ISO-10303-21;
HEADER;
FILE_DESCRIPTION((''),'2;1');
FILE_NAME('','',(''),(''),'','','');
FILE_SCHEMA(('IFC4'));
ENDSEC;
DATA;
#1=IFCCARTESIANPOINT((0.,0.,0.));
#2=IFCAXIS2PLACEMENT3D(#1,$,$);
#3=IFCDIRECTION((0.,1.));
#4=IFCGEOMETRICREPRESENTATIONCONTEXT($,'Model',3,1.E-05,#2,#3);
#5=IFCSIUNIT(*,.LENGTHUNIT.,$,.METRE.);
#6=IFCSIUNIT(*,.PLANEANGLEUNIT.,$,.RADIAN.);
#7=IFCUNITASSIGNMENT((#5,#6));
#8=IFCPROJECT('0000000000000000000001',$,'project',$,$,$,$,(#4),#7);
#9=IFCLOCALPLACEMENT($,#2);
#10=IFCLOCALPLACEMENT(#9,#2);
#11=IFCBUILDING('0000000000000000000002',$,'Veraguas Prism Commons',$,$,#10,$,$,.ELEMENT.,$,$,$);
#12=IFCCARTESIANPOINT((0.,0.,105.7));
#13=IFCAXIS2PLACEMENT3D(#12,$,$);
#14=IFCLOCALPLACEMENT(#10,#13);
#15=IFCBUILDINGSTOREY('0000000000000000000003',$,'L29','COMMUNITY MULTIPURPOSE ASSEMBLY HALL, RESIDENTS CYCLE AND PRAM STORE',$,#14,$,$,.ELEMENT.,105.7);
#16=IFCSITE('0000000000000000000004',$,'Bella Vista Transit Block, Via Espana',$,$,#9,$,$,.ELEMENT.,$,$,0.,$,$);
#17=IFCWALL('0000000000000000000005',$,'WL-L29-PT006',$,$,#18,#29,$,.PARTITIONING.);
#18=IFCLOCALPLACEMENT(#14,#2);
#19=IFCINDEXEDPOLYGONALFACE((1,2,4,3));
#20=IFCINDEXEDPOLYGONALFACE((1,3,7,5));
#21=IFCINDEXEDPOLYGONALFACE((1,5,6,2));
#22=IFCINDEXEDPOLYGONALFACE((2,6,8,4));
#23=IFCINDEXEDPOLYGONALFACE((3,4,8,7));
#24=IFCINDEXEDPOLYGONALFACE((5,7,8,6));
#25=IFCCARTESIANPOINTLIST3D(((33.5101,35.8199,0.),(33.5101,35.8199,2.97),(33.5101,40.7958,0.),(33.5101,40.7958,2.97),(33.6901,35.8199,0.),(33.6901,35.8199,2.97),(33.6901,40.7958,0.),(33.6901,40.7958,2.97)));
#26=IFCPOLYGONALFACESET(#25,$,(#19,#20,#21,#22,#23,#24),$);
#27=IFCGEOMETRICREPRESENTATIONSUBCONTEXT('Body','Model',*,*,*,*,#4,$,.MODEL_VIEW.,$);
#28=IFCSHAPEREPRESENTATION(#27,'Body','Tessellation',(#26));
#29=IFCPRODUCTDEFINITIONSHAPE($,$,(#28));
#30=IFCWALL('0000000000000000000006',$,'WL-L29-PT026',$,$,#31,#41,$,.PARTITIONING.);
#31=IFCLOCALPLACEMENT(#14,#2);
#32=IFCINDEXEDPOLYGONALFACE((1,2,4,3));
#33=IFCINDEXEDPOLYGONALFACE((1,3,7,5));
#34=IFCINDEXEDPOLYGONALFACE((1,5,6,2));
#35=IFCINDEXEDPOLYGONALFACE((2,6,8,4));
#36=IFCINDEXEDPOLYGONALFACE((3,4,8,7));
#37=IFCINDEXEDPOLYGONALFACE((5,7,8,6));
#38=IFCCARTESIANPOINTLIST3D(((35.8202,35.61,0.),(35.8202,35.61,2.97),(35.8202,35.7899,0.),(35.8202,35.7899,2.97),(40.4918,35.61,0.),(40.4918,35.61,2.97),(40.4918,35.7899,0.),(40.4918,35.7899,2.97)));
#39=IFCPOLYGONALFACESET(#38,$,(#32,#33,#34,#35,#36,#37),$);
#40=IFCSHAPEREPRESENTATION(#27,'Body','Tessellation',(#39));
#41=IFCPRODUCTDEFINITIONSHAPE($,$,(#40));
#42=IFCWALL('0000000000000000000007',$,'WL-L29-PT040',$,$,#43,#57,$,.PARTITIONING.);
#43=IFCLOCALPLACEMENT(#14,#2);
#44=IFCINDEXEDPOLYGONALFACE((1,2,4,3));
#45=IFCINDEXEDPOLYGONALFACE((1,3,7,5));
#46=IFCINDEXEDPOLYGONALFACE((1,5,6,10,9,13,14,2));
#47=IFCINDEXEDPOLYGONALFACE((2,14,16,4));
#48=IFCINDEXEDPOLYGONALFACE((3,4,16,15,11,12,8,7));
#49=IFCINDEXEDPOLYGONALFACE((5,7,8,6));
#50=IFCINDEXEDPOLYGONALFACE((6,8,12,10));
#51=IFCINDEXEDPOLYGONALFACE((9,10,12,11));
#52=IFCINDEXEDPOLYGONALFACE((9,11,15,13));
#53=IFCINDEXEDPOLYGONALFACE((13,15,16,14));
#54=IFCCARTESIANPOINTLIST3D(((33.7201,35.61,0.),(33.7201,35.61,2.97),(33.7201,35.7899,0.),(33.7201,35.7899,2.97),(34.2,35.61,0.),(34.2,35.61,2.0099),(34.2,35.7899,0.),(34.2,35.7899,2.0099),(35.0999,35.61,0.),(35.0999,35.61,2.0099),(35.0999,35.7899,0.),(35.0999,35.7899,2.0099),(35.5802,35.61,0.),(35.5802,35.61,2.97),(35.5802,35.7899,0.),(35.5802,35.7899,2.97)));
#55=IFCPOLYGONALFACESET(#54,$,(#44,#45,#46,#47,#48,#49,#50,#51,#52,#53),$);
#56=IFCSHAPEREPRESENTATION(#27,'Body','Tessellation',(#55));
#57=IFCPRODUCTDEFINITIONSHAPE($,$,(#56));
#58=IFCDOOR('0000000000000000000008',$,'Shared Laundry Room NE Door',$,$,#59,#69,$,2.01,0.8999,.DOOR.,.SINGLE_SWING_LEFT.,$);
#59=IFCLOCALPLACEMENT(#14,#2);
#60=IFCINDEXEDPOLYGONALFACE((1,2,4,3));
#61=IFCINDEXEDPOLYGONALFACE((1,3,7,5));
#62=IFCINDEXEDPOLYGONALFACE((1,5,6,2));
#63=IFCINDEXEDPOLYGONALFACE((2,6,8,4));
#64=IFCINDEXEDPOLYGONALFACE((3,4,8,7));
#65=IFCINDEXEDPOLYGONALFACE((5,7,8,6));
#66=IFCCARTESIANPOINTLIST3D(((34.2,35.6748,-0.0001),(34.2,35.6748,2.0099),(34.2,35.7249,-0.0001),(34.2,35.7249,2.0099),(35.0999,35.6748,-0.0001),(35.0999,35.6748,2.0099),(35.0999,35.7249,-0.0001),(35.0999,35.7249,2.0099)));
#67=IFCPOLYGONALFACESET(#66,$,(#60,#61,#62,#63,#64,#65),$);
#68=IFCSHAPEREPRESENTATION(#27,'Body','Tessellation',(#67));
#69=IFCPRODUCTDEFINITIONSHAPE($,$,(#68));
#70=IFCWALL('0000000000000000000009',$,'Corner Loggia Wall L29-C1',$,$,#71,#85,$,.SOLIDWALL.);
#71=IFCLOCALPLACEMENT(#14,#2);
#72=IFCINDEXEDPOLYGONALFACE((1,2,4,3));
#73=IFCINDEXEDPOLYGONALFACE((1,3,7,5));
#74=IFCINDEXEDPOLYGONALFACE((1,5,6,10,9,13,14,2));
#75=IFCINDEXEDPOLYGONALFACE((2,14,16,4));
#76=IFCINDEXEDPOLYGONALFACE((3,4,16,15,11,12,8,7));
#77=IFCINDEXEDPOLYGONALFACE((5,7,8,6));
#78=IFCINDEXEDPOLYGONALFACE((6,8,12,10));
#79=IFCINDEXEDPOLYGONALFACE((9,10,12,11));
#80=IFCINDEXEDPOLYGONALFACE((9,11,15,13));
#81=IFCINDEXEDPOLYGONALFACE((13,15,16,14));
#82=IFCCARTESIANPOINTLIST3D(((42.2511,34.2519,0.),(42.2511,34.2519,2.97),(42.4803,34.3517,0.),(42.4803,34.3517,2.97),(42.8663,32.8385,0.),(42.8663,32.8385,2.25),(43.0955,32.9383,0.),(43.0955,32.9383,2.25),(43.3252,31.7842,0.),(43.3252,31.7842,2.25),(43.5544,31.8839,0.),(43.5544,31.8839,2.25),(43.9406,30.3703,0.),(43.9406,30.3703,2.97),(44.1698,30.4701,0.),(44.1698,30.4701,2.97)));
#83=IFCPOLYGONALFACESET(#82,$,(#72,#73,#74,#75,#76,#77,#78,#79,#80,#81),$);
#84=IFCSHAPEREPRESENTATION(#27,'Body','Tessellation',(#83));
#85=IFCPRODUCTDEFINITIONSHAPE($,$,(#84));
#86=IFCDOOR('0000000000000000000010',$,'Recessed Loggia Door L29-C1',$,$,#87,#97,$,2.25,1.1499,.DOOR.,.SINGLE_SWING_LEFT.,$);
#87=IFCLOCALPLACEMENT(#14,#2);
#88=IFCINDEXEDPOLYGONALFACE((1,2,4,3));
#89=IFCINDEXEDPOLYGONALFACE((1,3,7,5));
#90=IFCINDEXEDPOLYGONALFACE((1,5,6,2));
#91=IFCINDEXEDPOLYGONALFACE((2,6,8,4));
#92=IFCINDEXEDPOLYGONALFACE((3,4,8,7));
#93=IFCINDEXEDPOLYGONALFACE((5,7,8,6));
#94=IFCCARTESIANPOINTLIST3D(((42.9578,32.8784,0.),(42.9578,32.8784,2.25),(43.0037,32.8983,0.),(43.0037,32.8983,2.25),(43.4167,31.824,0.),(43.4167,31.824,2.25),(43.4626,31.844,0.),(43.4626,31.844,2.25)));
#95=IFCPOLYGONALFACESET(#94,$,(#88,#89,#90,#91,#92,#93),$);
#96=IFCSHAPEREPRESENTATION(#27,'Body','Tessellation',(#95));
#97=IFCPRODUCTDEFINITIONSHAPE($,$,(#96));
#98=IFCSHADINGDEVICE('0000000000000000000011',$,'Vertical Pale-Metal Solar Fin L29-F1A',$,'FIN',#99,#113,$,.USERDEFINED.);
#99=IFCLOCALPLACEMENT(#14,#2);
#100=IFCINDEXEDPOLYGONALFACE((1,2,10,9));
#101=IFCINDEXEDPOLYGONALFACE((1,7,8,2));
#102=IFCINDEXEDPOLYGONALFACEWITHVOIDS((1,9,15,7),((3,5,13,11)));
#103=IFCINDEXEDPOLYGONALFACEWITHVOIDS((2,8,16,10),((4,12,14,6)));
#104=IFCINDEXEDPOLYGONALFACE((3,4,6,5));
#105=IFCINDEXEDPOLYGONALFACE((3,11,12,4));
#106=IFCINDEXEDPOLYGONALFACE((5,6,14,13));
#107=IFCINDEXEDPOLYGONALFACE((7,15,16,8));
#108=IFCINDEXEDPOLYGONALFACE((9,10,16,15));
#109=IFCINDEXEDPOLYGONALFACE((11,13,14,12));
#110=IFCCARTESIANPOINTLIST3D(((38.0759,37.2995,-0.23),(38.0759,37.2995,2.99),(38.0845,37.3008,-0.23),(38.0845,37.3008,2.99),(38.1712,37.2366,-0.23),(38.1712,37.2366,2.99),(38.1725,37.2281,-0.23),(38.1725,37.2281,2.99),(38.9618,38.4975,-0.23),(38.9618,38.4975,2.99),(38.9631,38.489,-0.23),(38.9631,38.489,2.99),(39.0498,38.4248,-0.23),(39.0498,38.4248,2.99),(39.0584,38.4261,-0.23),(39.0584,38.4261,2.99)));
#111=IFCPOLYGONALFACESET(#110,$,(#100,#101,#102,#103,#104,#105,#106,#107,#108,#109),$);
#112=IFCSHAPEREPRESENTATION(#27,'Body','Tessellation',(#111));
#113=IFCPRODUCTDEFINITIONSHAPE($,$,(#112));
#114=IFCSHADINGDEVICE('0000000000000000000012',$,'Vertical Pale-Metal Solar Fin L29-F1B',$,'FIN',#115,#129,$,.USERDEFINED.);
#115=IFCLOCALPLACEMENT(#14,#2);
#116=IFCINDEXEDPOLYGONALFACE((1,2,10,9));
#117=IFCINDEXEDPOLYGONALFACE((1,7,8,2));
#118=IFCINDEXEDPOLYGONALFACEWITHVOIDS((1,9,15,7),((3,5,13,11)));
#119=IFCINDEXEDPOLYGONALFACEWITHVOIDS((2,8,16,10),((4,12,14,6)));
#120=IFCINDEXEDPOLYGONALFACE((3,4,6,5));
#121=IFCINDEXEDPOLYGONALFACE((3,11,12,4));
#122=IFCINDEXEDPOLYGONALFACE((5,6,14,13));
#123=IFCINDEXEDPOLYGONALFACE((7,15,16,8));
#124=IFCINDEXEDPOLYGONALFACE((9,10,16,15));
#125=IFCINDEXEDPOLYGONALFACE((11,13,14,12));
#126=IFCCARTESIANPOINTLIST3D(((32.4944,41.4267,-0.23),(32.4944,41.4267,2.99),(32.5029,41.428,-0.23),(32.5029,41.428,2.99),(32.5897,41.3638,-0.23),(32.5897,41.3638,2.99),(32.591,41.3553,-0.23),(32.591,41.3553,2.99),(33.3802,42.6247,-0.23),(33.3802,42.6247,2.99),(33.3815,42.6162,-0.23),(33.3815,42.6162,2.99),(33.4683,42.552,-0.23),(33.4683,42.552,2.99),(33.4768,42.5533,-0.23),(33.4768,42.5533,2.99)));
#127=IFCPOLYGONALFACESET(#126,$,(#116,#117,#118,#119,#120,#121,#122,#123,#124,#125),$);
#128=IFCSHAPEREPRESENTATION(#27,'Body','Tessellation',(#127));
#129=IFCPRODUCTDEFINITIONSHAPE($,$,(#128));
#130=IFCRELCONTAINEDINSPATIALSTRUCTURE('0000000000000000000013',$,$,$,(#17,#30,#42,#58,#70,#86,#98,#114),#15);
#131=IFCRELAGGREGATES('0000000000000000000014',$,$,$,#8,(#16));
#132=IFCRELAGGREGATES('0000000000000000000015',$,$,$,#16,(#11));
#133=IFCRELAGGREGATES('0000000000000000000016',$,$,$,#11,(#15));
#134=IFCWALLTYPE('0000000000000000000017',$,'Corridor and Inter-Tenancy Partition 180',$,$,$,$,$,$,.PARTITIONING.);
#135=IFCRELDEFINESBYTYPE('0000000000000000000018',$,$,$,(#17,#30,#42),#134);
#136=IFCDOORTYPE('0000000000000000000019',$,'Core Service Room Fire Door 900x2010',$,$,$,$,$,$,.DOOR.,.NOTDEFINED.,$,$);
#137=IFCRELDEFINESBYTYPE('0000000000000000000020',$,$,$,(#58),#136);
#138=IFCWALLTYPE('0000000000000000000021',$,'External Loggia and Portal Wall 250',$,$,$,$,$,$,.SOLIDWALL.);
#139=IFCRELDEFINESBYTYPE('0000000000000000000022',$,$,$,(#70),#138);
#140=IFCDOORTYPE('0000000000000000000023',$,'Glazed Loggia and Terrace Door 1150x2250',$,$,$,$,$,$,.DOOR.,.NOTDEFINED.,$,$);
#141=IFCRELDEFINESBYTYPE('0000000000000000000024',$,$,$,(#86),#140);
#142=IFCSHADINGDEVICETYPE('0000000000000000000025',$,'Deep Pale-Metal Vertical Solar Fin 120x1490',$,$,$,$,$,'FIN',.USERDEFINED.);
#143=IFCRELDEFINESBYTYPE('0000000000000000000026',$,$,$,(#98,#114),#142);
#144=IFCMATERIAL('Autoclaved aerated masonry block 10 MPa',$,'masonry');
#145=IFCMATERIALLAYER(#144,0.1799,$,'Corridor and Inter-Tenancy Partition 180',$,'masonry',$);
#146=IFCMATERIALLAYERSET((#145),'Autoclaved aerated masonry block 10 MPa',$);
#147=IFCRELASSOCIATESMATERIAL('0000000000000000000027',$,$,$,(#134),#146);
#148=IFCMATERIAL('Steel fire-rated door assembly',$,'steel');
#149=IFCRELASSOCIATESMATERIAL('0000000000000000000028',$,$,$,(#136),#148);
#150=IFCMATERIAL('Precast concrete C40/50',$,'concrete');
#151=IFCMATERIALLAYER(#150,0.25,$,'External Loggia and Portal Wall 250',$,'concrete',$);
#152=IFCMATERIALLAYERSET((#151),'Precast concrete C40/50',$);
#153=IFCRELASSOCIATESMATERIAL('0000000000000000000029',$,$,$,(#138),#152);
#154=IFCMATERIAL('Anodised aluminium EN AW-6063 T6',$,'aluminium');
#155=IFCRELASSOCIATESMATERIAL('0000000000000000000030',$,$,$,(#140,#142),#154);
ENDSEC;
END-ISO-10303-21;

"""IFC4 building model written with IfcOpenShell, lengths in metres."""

from ifc_helpers import new_model, si_unit, direction, frame, frame_2d, origin, origin_2d, place, context, subcontext, project, spatial, rectangle, hollow_rectangle, extrude, source, transform, mapped, material, layer, layer_set, material_profile, profile_set, type_object, element, fill, save


model = new_model("IFC4")

# Units and contexts
model_context = context("Model", 3, precision=1e-05, world=origin(), true_north=direction((0.0, 1.0)))
body_context = subcontext(model_context, "Body", "Model", "MODEL_VIEW")
ifc_project = project(units=[si_unit("LENGTHUNIT", "METRE"), si_unit("PLANEANGLEUNIT", "RADIAN")], contexts=[model_context])

# Site, building, storey
site_placement = place(None, origin())
site = spatial("IfcSite", under=ifc_project, at=site_placement, Name="Bella Vista Transit Block, Via Espana", CompositionType="ELEMENT", RefElevation=0.0)
building_placement = place(site_placement, origin())
building = spatial("IfcBuilding", under=site, at=building_placement, Name="Veraguas Prism Commons", CompositionType="ELEMENT")
storey_placement = place(building_placement, frame((0.0, 0.0, 105.7)))
storey = spatial("IfcBuildingStorey", under=building, at=storey_placement, Name="L29", Description="COMMUNITY MULTIPURPOSE ASSEMBLY HALL, RESIDENTS CYCLE AND PRAM STORE", CompositionType="ELEMENT", Elevation=105.7)

# Shared definitions
ifc_material_1 = material(Name="Anodised aluminium EN AW-6063 T6", Category="aluminium")

# Walls
ifc_material_2 = material(Name="Autoclaved aerated masonry block 10 MPa", Category="masonry")
ifc_layer_1 = layer(ifc_material_2, 0.1799, Name="Corridor and Inter-Tenancy Partition 180", Category="masonry")
ifc_layer_set_1 = layer_set([ifc_layer_1], Name="Autoclaved aerated masonry block 10 MPa")
wall_type_1 = type_object("IfcWallType", Name="Corridor and Inter-Tenancy Partition 180", PredefinedType="PARTITIONING", material=ifc_layer_set_1)
wall_1_placement = place(storey_placement, frame((33.6001, 35.8201, 0.0), z_axis=(0.0, 0.0, 1.0), x_axis=(0.0, 1.0, 0.0)))
element("IfcWall", 1, at=wall_1_placement, inside=storey, type_object=wall_type_1, Name="WL-L29-PT006", PredefinedType="PARTITIONING", context=body_context, shape_type="SweptSolid", body=[
    extrude(rectangle(XDim=4.9758, YDim=0.1799, at=frame_2d((2.4878, 0.0))), origin(), (0.0, 0.0, 1.0), 2.97),
])
wall_2_placement = place(storey_placement, frame((35.8201, 35.7, 0.0), z_axis=(0.0, 0.0, 1.0), x_axis=(1.0, 0.0, 0.0)))
element("IfcWall", 2, at=wall_2_placement, inside=storey, type_object=wall_type_1, Name="WL-L29-PT026", PredefinedType="PARTITIONING", context=body_context, shape_type="SweptSolid", body=[
    extrude(rectangle(XDim=4.6716, YDim=0.1799, at=frame_2d((2.3359, 0.0))), origin(), (0.0, 0.0, 1.0), 2.97),
])

# Walls, openings, doors
wall_3_placement = place(storey_placement, frame((33.72, 35.7, 0.0), z_axis=(0.0, 0.0, 1.0), x_axis=(1.0, 0.0, 0.0)))
wall_3 = element("IfcWall", 3, at=wall_3_placement, inside=storey, type_object=wall_type_1, Name="WL-L29-PT040", PredefinedType="PARTITIONING", context=body_context, shape_type="SweptSolid", body=[
    extrude(rectangle(XDim=1.8601, YDim=0.1799, at=frame_2d((0.9302, 0.0))), origin(), (0.0, 0.0, 1.0), 2.97),
])
opening_1_placement = place(wall_3_placement, frame((0.48, 0.0, 0.0)))
opening_1 = element("IfcOpeningElement", 4, at=opening_1_placement, cuts=wall_3, PredefinedType="OPENING", context=body_context, shape_type="SweptSolid", body=[
    extrude(rectangle(XDim=0.8999, YDim=2.01, at=frame_2d((0.45, 1.0049))), frame((0.0, 0.0999, 0.0), z_axis=(0.0, -1.0, 0.0), x_axis=(1.0, 0.0, 0.0)), (0.0, 0.0, 1.0), 0.2),
])
ifc_material_3 = material(Name="Steel fire-rated door assembly", Category="steel")
door_type_1 = type_object("IfcDoorType", Name="Core Service Room Fire Door 900x2010", OperationType="NOTDEFINED", PredefinedType="DOOR", material=ifc_material_3)
shared_shape_1 = source(origin(), body_context, "Body", "SweptSolid", [
    extrude(rectangle(XDim=0.8999, YDim=2.01, at=frame_2d((0.45, 1.0049))), frame((0.0, 0.0249, 0.0), z_axis=(0.0, -1.0, 0.0), x_axis=(1.0, 0.0, 0.0)), (0.0, 0.0, 1.0), 0.05),
])
door_1_placement = place(opening_1_placement, origin())
door_1 = element("IfcDoor", 5, at=door_1_placement, inside=storey, type_object=door_type_1, Name="Shared Laundry Room NE Door", OperationType="SINGLE_SWING_LEFT", OverallHeight=2.01, OverallWidth=0.8999, PredefinedType="DOOR", context=body_context, shape_type="MappedRepresentation", body=[
    mapped(shared_shape_1, transform((0.0, 0.0, 0.0), scale=1.0)),
])
fill(opening_1, door_1)
ifc_material_4 = material(Name="Precast concrete C40/50", Category="concrete")
ifc_layer_2 = layer(ifc_material_4, 0.25, Name="External Loggia and Portal Wall 250", Category="concrete")
ifc_layer_set_2 = layer_set([ifc_layer_2], Name="Precast concrete C40/50")
wall_type_2 = type_object("IfcWallType", Name="External Loggia and Portal Wall 250", PredefinedType="SOLIDWALL", material=ifc_layer_set_2)
wall_4_placement = place(storey_placement, frame((44.0552, 30.4202, 0.0), z_axis=(0.0, 0.0, 1.0), x_axis=(-0.399085, 0.916914, 0.0)))
wall_4 = element("IfcWall", 6, at=wall_4_placement, inside=storey, type_object=wall_type_2, Name="Corner Loggia Wall L29-C1", PredefinedType="SOLIDWALL", context=body_context, shape_type="SweptSolid", body=[
    extrude(rectangle(XDim=4.2334, YDim=0.25, at=frame_2d((2.1167, 0.0))), origin(), (0.0, 0.0, 1.0), 2.97),
])
opening_2_placement = place(wall_4_placement, frame((1.542, 0.0, 0.0)))
opening_2 = element("IfcOpeningElement", 7, at=opening_2_placement, cuts=wall_4, PredefinedType="OPENING", context=body_context, shape_type="SweptSolid", body=[
    extrude(rectangle(XDim=1.1499, YDim=2.25, at=frame_2d((0.575, 1.125))), frame((0.0, 0.135, 0.0), z_axis=(0.0, -1.0, 0.0), x_axis=(1.0, 0.0, 0.0)), (0.0, 0.0, 1.0), 0.27),
])
door_type_2 = type_object("IfcDoorType", Name="Glazed Loggia and Terrace Door 1150x2250", OperationType="NOTDEFINED", PredefinedType="DOOR", material=ifc_material_1)
shared_shape_2 = source(origin(), body_context, "Body", "SweptSolid", [
    extrude(rectangle(XDim=1.1499, YDim=2.25, at=frame_2d((0.575, 1.125))), frame((0.0, 0.0249, 0.0), z_axis=(0.0, -1.0, 0.0), x_axis=(1.0, 0.0, 0.0)), (0.0, 0.0, 1.0), 0.05),
])
door_2_placement = place(opening_2_placement, frame((1.1499, 0.0, 0.0), z_axis=(0.0, 0.0, 1.0), x_axis=(-1.0, 0.0, 0.0)))
door_2 = element("IfcDoor", 8, at=door_2_placement, inside=storey, type_object=door_type_2, Name="Recessed Loggia Door L29-C1", OperationType="SINGLE_SWING_LEFT", OverallHeight=2.25, OverallWidth=1.1499, PredefinedType="DOOR", context=body_context, shape_type="MappedRepresentation", body=[
    mapped(shared_shape_2, transform((0.0, 0.0, 0.0), scale=1.0)),
])
fill(opening_2, door_2)

# Shading devices
ifc_material_profile_1 = material_profile(ifc_material_1, hollow_rectangle(XDim=0.1201, YDim=1.49, WallThickness=0.0061, at=origin_2d()), Name="FIN120X1490X6")
ifc_profile_set_1 = profile_set([ifc_material_profile_1], Name="Anodised aluminium EN AW-6063 T6")
shading_device_type = type_object("IfcShadingDeviceType", Name="Deep Pale-Metal Vertical Solar Fin 120x1490", ElementType="FIN", PredefinedType="USERDEFINED", material=ifc_profile_set_1)
for number, where, z_axis, x_axis, name in (
    (9, (38.5671, 37.8628, -0.23), (0.0, 0.0, 1.0), (-0.804063, 0.594544, 0.0), "Vertical Pale-Metal Solar Fin L29-F1A"),
    (10, (32.9856, 41.99, -0.23), (0.0, 0.0, 1.0), (-0.804063, 0.594544, 0.0), "Vertical Pale-Metal Solar Fin L29-F1B"),
):
    element("IfcShadingDevice", number, at=place(storey_placement, frame(where, z_axis=z_axis, x_axis=x_axis)), inside=storey, type_object=shading_device_type, Name=name, ObjectType="FIN", PredefinedType="USERDEFINED", context=body_context, shape_type="SweptSolid", body=[
        extrude(hollow_rectangle(XDim=0.1201, YDim=1.49, WallThickness=0.0061, at=origin_2d()), origin(), (0.0, 0.0, 1.0), 3.22),
    ])

save(model, "model.ifc")
